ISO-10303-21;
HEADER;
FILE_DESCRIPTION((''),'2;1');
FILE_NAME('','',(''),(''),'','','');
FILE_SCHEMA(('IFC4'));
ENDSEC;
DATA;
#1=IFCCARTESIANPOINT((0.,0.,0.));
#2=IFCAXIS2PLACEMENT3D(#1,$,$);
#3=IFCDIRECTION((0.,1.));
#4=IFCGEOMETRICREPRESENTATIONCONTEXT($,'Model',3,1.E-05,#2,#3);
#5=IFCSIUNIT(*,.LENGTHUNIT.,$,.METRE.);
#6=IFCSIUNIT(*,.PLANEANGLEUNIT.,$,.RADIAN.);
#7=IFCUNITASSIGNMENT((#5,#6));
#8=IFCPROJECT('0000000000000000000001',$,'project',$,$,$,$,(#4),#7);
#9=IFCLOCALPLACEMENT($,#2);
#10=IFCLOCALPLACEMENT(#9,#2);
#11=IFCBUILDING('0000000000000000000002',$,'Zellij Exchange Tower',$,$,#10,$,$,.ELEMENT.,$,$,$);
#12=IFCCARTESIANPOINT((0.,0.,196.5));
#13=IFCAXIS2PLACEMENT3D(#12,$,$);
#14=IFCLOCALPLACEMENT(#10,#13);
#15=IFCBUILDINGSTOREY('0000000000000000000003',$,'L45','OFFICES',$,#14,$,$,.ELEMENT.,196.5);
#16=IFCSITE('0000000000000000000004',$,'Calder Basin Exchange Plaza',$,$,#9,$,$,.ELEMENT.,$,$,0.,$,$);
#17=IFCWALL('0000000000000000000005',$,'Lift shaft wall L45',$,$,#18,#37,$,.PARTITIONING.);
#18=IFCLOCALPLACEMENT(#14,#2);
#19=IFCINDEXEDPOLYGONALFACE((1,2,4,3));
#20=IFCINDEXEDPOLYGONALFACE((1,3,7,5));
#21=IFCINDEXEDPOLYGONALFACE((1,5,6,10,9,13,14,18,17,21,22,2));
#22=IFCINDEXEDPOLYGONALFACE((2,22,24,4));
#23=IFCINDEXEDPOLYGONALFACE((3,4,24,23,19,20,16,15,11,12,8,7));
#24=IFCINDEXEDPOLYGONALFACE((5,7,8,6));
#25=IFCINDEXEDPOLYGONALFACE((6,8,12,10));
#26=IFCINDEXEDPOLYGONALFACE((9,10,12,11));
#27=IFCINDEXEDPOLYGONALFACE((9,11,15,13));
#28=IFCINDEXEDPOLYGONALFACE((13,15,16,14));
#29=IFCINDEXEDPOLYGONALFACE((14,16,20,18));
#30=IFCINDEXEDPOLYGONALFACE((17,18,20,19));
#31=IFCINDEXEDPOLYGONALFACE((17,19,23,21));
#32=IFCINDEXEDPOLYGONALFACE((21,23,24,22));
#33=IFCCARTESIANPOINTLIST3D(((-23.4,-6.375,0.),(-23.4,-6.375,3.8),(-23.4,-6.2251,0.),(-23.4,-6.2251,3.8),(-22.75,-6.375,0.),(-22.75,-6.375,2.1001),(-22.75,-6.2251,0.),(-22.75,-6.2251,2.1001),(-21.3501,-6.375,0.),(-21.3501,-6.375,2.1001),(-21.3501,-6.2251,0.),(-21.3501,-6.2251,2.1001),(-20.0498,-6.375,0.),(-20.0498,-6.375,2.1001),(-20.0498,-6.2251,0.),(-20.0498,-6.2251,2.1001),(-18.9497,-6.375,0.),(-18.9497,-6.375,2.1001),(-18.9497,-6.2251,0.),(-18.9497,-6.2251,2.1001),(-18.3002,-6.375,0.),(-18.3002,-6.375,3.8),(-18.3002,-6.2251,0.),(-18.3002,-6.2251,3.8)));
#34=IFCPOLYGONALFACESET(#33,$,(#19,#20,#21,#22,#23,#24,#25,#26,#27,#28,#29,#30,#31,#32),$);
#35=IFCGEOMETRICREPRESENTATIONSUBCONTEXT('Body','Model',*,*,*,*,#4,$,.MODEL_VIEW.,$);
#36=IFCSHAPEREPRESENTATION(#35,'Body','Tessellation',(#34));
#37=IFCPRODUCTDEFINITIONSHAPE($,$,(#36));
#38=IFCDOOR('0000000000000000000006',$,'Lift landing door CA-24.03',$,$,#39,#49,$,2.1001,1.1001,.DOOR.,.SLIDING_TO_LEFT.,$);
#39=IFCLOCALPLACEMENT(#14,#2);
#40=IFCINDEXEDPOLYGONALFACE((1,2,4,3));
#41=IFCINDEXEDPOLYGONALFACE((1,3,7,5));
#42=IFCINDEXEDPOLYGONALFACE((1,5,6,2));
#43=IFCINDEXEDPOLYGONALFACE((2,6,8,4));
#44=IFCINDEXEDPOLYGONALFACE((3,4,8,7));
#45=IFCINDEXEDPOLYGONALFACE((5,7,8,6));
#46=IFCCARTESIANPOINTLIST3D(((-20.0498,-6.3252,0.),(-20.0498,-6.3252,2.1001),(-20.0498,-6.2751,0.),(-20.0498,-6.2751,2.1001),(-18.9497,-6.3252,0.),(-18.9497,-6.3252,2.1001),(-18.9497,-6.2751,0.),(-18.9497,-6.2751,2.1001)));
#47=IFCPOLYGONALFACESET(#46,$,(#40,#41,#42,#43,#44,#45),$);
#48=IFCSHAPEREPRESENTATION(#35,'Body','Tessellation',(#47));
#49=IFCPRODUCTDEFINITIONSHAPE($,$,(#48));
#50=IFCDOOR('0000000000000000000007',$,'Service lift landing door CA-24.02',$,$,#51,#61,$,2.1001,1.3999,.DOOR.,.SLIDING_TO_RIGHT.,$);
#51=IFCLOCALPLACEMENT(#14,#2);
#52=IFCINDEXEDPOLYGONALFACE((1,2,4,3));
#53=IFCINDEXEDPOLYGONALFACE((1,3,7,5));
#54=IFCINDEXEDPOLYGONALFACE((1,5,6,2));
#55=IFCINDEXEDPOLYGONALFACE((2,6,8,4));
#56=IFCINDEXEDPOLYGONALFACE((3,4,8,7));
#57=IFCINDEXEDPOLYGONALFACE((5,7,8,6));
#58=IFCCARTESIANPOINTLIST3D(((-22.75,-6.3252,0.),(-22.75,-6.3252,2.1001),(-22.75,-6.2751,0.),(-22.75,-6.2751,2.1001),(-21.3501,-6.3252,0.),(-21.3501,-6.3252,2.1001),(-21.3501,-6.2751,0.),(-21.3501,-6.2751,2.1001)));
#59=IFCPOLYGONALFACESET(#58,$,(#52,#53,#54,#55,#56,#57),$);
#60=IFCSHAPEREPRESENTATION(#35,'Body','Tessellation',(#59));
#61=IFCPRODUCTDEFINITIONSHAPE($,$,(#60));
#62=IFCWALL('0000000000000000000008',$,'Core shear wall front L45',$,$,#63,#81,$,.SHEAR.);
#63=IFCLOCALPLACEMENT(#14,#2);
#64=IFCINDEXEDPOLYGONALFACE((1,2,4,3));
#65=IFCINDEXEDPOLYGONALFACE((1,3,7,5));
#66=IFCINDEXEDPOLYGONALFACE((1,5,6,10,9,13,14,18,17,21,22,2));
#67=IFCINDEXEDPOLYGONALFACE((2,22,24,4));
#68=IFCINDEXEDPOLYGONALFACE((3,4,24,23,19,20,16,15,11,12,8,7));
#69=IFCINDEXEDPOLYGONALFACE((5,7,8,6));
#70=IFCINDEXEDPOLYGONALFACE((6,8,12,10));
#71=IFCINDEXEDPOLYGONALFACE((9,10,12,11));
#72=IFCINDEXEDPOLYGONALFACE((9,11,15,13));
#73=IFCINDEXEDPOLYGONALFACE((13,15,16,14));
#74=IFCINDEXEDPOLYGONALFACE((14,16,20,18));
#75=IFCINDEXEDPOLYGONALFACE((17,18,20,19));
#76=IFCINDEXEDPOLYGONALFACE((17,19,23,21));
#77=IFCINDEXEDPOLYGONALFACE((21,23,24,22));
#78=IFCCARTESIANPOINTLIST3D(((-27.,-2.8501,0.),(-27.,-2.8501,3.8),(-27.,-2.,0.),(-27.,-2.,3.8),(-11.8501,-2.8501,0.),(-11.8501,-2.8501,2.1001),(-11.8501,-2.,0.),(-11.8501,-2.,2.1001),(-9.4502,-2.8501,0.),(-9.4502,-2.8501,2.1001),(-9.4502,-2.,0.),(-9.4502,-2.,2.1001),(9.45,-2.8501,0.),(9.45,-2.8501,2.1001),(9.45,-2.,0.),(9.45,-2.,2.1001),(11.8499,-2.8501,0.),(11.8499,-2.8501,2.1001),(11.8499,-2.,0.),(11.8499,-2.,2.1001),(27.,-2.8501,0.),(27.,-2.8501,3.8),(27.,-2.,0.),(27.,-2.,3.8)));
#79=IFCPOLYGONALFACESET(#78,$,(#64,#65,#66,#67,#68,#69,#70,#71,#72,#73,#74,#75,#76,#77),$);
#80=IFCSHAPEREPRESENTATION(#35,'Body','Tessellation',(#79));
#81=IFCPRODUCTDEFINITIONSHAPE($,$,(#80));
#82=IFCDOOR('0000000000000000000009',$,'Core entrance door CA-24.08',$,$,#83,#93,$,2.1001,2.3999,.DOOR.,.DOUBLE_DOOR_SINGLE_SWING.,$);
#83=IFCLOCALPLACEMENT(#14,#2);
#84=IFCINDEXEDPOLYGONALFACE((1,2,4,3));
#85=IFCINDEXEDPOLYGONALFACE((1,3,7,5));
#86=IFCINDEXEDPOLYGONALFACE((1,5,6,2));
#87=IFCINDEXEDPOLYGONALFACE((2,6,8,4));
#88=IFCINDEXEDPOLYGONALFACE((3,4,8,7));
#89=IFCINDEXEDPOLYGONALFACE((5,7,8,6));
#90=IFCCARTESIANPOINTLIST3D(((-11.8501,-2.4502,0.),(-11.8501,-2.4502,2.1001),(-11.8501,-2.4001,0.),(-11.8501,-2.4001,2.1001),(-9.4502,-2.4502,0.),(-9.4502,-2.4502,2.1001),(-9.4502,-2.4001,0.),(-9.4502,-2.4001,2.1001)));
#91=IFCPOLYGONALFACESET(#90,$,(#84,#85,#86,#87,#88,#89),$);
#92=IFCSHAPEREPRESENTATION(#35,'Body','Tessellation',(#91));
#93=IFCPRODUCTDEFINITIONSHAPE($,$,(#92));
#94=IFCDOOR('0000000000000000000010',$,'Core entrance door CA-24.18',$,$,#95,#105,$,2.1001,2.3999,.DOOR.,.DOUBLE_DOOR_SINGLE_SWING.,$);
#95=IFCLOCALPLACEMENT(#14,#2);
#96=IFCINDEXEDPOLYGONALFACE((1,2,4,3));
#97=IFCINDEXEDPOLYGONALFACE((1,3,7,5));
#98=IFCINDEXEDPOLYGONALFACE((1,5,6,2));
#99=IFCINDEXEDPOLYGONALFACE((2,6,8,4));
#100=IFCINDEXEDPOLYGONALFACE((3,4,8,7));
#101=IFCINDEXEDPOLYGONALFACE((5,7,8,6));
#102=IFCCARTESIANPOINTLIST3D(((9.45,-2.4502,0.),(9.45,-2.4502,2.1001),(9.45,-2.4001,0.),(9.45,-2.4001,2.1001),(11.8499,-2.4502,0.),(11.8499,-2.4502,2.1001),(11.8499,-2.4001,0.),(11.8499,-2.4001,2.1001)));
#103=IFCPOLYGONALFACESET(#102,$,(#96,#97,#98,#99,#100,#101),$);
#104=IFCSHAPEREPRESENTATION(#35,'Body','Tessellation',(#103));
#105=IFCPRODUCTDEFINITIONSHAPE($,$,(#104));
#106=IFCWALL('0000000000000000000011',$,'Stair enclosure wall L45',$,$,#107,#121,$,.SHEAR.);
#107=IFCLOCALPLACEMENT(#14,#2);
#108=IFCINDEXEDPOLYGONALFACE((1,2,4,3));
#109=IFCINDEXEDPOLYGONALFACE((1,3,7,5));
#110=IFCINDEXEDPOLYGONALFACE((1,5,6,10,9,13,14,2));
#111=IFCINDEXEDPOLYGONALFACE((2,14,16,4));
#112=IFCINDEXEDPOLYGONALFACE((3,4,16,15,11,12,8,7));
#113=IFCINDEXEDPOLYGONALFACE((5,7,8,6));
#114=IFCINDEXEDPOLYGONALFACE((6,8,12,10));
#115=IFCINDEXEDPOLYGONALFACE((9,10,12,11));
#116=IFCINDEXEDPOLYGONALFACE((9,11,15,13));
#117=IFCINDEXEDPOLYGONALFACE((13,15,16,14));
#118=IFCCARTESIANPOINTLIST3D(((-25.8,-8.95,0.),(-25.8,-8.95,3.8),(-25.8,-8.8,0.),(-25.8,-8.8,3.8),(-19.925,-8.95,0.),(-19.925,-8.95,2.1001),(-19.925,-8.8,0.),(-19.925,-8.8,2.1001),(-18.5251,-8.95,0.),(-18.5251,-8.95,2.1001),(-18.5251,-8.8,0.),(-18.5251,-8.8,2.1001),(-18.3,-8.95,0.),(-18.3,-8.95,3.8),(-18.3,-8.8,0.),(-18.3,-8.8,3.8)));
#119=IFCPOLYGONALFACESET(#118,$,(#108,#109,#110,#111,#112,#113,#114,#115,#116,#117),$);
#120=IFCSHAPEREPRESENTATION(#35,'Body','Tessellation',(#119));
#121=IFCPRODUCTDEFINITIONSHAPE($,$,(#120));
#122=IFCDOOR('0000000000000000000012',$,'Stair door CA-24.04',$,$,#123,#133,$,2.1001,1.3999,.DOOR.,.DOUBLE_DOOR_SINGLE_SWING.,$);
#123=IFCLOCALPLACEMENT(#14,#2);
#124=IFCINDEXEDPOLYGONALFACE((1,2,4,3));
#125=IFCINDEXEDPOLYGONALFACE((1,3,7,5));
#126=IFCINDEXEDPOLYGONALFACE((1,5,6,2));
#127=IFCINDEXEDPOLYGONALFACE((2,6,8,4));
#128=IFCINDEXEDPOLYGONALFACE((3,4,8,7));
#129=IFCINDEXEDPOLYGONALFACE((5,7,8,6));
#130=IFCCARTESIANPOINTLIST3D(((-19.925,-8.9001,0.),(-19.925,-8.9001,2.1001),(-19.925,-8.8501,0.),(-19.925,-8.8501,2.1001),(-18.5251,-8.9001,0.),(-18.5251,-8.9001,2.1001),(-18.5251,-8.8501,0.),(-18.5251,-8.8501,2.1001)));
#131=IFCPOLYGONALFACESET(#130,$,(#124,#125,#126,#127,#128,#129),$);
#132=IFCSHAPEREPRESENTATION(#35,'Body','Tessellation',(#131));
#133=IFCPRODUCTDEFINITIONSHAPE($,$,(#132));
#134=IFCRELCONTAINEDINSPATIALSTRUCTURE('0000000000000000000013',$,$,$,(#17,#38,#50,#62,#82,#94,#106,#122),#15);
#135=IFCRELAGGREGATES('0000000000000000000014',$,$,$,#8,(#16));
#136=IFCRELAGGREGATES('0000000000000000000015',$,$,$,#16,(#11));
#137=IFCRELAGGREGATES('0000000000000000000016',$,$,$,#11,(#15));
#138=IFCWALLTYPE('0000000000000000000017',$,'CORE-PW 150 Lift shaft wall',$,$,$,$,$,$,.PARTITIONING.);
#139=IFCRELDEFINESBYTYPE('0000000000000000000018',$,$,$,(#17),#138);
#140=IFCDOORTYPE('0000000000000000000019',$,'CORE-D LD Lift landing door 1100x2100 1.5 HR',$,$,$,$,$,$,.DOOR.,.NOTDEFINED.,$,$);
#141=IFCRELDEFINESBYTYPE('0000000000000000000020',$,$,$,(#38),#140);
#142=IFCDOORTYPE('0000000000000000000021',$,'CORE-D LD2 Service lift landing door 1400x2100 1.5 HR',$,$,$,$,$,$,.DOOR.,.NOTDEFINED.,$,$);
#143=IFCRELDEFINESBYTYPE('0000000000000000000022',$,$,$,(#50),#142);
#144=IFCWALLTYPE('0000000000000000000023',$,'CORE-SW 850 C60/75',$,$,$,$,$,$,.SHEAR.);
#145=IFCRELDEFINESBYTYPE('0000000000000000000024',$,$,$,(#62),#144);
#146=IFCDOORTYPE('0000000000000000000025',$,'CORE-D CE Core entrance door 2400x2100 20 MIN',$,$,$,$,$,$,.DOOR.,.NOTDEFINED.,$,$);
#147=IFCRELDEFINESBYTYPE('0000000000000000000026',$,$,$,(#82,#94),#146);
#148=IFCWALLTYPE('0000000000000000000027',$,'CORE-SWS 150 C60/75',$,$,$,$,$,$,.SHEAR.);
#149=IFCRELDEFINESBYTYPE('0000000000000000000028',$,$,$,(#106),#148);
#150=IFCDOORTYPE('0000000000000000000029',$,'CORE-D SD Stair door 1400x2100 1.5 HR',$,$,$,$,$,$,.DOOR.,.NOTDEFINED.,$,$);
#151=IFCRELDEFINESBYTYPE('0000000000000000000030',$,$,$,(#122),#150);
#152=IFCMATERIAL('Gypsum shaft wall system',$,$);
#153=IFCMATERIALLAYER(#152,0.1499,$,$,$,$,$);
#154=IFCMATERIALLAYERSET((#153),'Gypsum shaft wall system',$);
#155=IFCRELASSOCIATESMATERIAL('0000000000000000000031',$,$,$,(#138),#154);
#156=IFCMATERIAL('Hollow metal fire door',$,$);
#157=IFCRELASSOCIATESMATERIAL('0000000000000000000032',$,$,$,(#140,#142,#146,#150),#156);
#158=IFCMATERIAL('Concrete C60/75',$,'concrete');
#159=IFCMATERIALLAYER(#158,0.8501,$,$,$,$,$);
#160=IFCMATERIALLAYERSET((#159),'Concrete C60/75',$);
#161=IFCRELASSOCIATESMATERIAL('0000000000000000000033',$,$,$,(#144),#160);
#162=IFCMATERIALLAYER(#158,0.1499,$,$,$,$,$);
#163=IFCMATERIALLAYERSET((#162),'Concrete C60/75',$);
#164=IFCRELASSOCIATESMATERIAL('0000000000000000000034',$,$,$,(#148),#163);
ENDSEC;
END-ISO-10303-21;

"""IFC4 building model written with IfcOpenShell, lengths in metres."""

from ifc_helpers import new_model, si_unit, direction, frame, frame_2d, origin, place, context, subcontext, project, spatial, rectangle, extrude, material, layer, layer_set, type_object, element, fill, save


model = new_model("IFC4")

# Units and contexts
model_context = context("Model", 3, precision=1e-05, world=origin(), true_north=direction((0.0, 1.0)))
body_context = subcontext(model_context, "Body", "Model", "MODEL_VIEW")
ifc_project = project(units=[si_unit("LENGTHUNIT", "METRE"), si_unit("PLANEANGLEUNIT", "RADIAN")], contexts=[model_context])

# Site, building, storey
site_placement = place(None, origin())
site = spatial("IfcSite", under=ifc_project, at=site_placement, Name="Calder Basin Exchange Plaza", CompositionType="ELEMENT", RefElevation=0.0)
building_placement = place(site_placement, origin())
building = spatial("IfcBuilding", under=site, at=building_placement, Name="Zellij Exchange Tower", CompositionType="ELEMENT")
storey_placement = place(building_placement, frame((0.0, 0.0, 196.5)))
storey = spatial("IfcBuildingStorey", under=building, at=storey_placement, Name="L45", Description="OFFICES", CompositionType="ELEMENT", Elevation=196.5)

# Shared definitions
ifc_material_1 = material(Name="Hollow metal fire door")

# Shared definitions
ifc_material_2 = material(Name="Gypsum shaft wall system")
ifc_layer_1 = layer(ifc_material_2, 0.1499)
ifc_layer_set_1 = layer_set([ifc_layer_1], Name="Gypsum shaft wall system")
wall_type_1 = type_object("IfcWallType", Name="CORE-PW 150 Lift shaft wall", PredefinedType="PARTITIONING", material=ifc_layer_set_1)

# Walls, openings, doors
wall_1_placement = place(storey_placement, frame((-23.3999, -6.3, 0.0), z_axis=(0.0, 0.0, 1.0), x_axis=(1.0, 0.0, 0.0)))
wall_1 = element("IfcWall", 1, at=wall_1_placement, inside=storey, type_object=wall_type_1, Name="Lift shaft wall L45", PredefinedType="PARTITIONING", context=body_context, shape_type="SweptSolid", body=[
    extrude(rectangle(XDim=5.0999, YDim=0.1499, at=frame_2d((2.5498, 0.0))), origin(), (0.0, 0.0, 1.0), 3.8),
])
opening_1_placement = place(wall_1_placement, frame((0.6499, 0.0, 0.0)))
opening_1 = element("IfcOpeningElement", 2, at=opening_1_placement, cuts=wall_1, PredefinedType="OPENING", context=body_context, shape_type="SweptSolid", body=[
    extrude(rectangle(XDim=1.3999, YDim=2.1001, at=frame_2d((0.7, 1.05))), frame((0.0, 0.0869, 0.0), z_axis=(0.0, -1.0, 0.0), x_axis=(1.0, 0.0, 0.0)), (0.0, 0.0, 1.0), 0.1738),
])
opening_2_placement = place(wall_1_placement, frame((3.3501, 0.0, 0.0)))
opening_2 = element("IfcOpeningElement", 3, at=opening_2_placement, cuts=wall_1, PredefinedType="OPENING", context=body_context, shape_type="SweptSolid", body=[
    extrude(rectangle(XDim=1.1001, YDim=2.1001, at=frame_2d((0.55, 1.05))), frame((0.0, 0.0869, 0.0), z_axis=(0.0, -1.0, 0.0), x_axis=(1.0, 0.0, 0.0)), (0.0, 0.0, 1.0), 0.1738),
])
door_type_1 = type_object("IfcDoorType", Name="CORE-D LD Lift landing door 1100x2100 1.5 HR", OperationType="NOTDEFINED", PredefinedType="DOOR", material=ifc_material_1)
door_1_placement = place(opening_2_placement, origin())
door_1 = element("IfcDoor", 4, at=door_1_placement, inside=storey, type_object=door_type_1, Name="Lift landing door CA-24.03", OperationType="SLIDING_TO_LEFT", OverallHeight=2.1001, OverallWidth=1.1001, PredefinedType="DOOR", context=body_context, shape_type="SweptSolid", body=[
    extrude(rectangle(XDim=1.1001, YDim=2.1001, at=frame_2d((0.55, 1.05))), frame((0.0, 0.0249, 0.0), z_axis=(0.0, -1.0, 0.0), x_axis=(1.0, 0.0, 0.0)), (0.0, 0.0, 1.0), 0.05),
])
fill(opening_2, door_1)
door_type_2 = type_object("IfcDoorType", Name="CORE-D LD2 Service lift landing door 1400x2100 1.5 HR", OperationType="NOTDEFINED", PredefinedType="DOOR", material=ifc_material_1)
door_2_placement = place(opening_1_placement, origin())
door_2 = element("IfcDoor", 5, at=door_2_placement, inside=storey, type_object=door_type_2, Name="Service lift landing door CA-24.02", OperationType="SLIDING_TO_RIGHT", OverallHeight=2.1001, OverallWidth=1.3999, PredefinedType="DOOR", context=body_context, shape_type="SweptSolid", body=[
    extrude(rectangle(XDim=1.3999, YDim=2.1001, at=frame_2d((0.7, 1.05))), frame((0.0, 0.0249, 0.0), z_axis=(0.0, -1.0, 0.0), x_axis=(1.0, 0.0, 0.0)), (0.0, 0.0, 1.0), 0.05),
])
fill(opening_1, door_2)
ifc_material_3 = material(Name="Concrete C60/75", Category="concrete")
ifc_layer_2 = layer(ifc_material_3, 0.8501)
ifc_layer_set_2 = layer_set([ifc_layer_2], Name="Concrete C60/75")
wall_type_2 = type_object("IfcWallType", Name="CORE-SW 850 C60/75", PredefinedType="SHEAR", material=ifc_layer_set_2)
wall_2_placement = place(storey_placement, frame((-27.0, -2.425, 0.0), z_axis=(0.0, 0.0, 1.0), x_axis=(1.0, 0.0, 0.0)))
wall_2 = element("IfcWall", 6, at=wall_2_placement, inside=storey, type_object=wall_type_2, Name="Core shear wall front L45", PredefinedType="SHEAR", context=body_context, shape_type="SweptSolid", body=[
    extrude(rectangle(XDim=54.0, YDim=0.8501, at=frame_2d((27.0, 0.0))), origin(), (0.0, 0.0, 1.0), 3.8),
])
opening_3_placement = place(wall_2_placement, frame((15.1499, 0.0, 0.0)))
opening_3 = element("IfcOpeningElement", 7, at=opening_3_placement, cuts=wall_2, PredefinedType="OPENING", context=body_context, shape_type="SweptSolid", body=[
    extrude(rectangle(XDim=2.3999, YDim=2.1001, at=frame_2d((1.2, 1.05))), frame((0.0, 0.437, 0.0), z_axis=(0.0, -1.0, 0.0), x_axis=(1.0, 0.0, 0.0)), (0.0, 0.0, 1.0), 0.874),
])
opening_4_placement = place(wall_2_placement, frame((36.45, 0.0, 0.0)))
opening_4 = element("IfcOpeningElement", 8, at=opening_4_placement, cuts=wall_2, PredefinedType="OPENING", context=body_context, shape_type="SweptSolid", body=[
    extrude(rectangle(XDim=2.3999, YDim=2.1001, at=frame_2d((1.2, 1.05))), frame((0.0, 0.437, 0.0), z_axis=(0.0, -1.0, 0.0), x_axis=(1.0, 0.0, 0.0)), (0.0, 0.0, 1.0), 0.874),
])
door_type_3 = type_object("IfcDoorType", Name="CORE-D CE Core entrance door 2400x2100 20 MIN", OperationType="NOTDEFINED", PredefinedType="DOOR", material=ifc_material_1)
door_3_placement = place(opening_3_placement, origin())
door_3 = element("IfcDoor", 9, at=door_3_placement, inside=storey, type_object=door_type_3, Name="Core entrance door CA-24.08", OperationType="DOUBLE_DOOR_SINGLE_SWING", OverallHeight=2.1001, OverallWidth=2.3999, PredefinedType="DOOR", context=body_context, shape_type="SweptSolid", body=[
    extrude(rectangle(XDim=2.3999, YDim=2.1001, at=frame_2d((1.2, 1.05))), frame((0.0, 0.0249, 0.0), z_axis=(0.0, -1.0, 0.0), x_axis=(1.0, 0.0, 0.0)), (0.0, 0.0, 1.0), 0.05),
])
fill(opening_3, door_3)
door_4_placement = place(opening_4_placement, origin())
door_4 = element("IfcDoor", 10, at=door_4_placement, inside=storey, type_object=door_type_3, Name="Core entrance door CA-24.18", OperationType="DOUBLE_DOOR_SINGLE_SWING", OverallHeight=2.1001, OverallWidth=2.3999, PredefinedType="DOOR", context=body_context, shape_type="SweptSolid", body=[
    extrude(rectangle(XDim=2.3999, YDim=2.1001, at=frame_2d((1.2, 1.05))), frame((0.0, 0.0249, 0.0), z_axis=(0.0, -1.0, 0.0), x_axis=(1.0, 0.0, 0.0)), (0.0, 0.0, 1.0), 0.05),
])
fill(opening_4, door_4)

# Wall, opening, door
ifc_layer_3 = layer(ifc_material_3, 0.1499)
ifc_layer_set_3 = layer_set([ifc_layer_3], Name="Concrete C60/75")
wall_type_3 = type_object("IfcWallType", Name="CORE-SWS 150 C60/75", PredefinedType="SHEAR", material=ifc_layer_set_3)
wall_3_placement = place(storey_placement, frame((-25.8, -8.875, 0.0), z_axis=(0.0, 0.0, 1.0), x_axis=(1.0, 0.0, 0.0)))
wall_3 = element("IfcWall", 11, at=wall_3_placement, inside=storey, type_object=wall_type_3, Name="Stair enclosure wall L45", PredefinedType="SHEAR", context=body_context, shape_type="SweptSolid", body=[
    extrude(rectangle(XDim=7.5, YDim=0.1499, at=frame_2d((3.75, 0.0))), origin(), (0.0, 0.0, 1.0), 3.8),
])
opening_5_placement = place(wall_3_placement, frame((5.875, 0.0, 0.0)))
opening_5 = element("IfcOpeningElement", 12, at=opening_5_placement, cuts=wall_3, PredefinedType="OPENING", context=body_context, shape_type="SweptSolid", body=[
    extrude(rectangle(XDim=1.3999, YDim=2.1001, at=frame_2d((0.7, 1.05))), frame((0.0, 0.0869, 0.0), z_axis=(0.0, -1.0, 0.0), x_axis=(1.0, 0.0, 0.0)), (0.0, 0.0, 1.0), 0.1738),
])
door_type_4 = type_object("IfcDoorType", Name="CORE-D SD Stair door 1400x2100 1.5 HR", OperationType="NOTDEFINED", PredefinedType="DOOR", material=ifc_material_1)
door_5_placement = place(opening_5_placement, origin())
door_5 = element("IfcDoor", 13, at=door_5_placement, inside=storey, type_object=door_type_4, Name="Stair door CA-24.04", OperationType="DOUBLE_DOOR_SINGLE_SWING", OverallHeight=2.1001, OverallWidth=1.3999, PredefinedType="DOOR", context=body_context, shape_type="SweptSolid", body=[
    extrude(rectangle(XDim=1.3999, YDim=2.1001, at=frame_2d((0.7, 1.05))), frame((0.0, 0.0249, 0.0), z_axis=(0.0, -1.0, 0.0), x_axis=(1.0, 0.0, 0.0)), (0.0, 0.0, 1.0), 0.05),
])
fill(opening_5, door_5)

save(model, "model.ifc")
